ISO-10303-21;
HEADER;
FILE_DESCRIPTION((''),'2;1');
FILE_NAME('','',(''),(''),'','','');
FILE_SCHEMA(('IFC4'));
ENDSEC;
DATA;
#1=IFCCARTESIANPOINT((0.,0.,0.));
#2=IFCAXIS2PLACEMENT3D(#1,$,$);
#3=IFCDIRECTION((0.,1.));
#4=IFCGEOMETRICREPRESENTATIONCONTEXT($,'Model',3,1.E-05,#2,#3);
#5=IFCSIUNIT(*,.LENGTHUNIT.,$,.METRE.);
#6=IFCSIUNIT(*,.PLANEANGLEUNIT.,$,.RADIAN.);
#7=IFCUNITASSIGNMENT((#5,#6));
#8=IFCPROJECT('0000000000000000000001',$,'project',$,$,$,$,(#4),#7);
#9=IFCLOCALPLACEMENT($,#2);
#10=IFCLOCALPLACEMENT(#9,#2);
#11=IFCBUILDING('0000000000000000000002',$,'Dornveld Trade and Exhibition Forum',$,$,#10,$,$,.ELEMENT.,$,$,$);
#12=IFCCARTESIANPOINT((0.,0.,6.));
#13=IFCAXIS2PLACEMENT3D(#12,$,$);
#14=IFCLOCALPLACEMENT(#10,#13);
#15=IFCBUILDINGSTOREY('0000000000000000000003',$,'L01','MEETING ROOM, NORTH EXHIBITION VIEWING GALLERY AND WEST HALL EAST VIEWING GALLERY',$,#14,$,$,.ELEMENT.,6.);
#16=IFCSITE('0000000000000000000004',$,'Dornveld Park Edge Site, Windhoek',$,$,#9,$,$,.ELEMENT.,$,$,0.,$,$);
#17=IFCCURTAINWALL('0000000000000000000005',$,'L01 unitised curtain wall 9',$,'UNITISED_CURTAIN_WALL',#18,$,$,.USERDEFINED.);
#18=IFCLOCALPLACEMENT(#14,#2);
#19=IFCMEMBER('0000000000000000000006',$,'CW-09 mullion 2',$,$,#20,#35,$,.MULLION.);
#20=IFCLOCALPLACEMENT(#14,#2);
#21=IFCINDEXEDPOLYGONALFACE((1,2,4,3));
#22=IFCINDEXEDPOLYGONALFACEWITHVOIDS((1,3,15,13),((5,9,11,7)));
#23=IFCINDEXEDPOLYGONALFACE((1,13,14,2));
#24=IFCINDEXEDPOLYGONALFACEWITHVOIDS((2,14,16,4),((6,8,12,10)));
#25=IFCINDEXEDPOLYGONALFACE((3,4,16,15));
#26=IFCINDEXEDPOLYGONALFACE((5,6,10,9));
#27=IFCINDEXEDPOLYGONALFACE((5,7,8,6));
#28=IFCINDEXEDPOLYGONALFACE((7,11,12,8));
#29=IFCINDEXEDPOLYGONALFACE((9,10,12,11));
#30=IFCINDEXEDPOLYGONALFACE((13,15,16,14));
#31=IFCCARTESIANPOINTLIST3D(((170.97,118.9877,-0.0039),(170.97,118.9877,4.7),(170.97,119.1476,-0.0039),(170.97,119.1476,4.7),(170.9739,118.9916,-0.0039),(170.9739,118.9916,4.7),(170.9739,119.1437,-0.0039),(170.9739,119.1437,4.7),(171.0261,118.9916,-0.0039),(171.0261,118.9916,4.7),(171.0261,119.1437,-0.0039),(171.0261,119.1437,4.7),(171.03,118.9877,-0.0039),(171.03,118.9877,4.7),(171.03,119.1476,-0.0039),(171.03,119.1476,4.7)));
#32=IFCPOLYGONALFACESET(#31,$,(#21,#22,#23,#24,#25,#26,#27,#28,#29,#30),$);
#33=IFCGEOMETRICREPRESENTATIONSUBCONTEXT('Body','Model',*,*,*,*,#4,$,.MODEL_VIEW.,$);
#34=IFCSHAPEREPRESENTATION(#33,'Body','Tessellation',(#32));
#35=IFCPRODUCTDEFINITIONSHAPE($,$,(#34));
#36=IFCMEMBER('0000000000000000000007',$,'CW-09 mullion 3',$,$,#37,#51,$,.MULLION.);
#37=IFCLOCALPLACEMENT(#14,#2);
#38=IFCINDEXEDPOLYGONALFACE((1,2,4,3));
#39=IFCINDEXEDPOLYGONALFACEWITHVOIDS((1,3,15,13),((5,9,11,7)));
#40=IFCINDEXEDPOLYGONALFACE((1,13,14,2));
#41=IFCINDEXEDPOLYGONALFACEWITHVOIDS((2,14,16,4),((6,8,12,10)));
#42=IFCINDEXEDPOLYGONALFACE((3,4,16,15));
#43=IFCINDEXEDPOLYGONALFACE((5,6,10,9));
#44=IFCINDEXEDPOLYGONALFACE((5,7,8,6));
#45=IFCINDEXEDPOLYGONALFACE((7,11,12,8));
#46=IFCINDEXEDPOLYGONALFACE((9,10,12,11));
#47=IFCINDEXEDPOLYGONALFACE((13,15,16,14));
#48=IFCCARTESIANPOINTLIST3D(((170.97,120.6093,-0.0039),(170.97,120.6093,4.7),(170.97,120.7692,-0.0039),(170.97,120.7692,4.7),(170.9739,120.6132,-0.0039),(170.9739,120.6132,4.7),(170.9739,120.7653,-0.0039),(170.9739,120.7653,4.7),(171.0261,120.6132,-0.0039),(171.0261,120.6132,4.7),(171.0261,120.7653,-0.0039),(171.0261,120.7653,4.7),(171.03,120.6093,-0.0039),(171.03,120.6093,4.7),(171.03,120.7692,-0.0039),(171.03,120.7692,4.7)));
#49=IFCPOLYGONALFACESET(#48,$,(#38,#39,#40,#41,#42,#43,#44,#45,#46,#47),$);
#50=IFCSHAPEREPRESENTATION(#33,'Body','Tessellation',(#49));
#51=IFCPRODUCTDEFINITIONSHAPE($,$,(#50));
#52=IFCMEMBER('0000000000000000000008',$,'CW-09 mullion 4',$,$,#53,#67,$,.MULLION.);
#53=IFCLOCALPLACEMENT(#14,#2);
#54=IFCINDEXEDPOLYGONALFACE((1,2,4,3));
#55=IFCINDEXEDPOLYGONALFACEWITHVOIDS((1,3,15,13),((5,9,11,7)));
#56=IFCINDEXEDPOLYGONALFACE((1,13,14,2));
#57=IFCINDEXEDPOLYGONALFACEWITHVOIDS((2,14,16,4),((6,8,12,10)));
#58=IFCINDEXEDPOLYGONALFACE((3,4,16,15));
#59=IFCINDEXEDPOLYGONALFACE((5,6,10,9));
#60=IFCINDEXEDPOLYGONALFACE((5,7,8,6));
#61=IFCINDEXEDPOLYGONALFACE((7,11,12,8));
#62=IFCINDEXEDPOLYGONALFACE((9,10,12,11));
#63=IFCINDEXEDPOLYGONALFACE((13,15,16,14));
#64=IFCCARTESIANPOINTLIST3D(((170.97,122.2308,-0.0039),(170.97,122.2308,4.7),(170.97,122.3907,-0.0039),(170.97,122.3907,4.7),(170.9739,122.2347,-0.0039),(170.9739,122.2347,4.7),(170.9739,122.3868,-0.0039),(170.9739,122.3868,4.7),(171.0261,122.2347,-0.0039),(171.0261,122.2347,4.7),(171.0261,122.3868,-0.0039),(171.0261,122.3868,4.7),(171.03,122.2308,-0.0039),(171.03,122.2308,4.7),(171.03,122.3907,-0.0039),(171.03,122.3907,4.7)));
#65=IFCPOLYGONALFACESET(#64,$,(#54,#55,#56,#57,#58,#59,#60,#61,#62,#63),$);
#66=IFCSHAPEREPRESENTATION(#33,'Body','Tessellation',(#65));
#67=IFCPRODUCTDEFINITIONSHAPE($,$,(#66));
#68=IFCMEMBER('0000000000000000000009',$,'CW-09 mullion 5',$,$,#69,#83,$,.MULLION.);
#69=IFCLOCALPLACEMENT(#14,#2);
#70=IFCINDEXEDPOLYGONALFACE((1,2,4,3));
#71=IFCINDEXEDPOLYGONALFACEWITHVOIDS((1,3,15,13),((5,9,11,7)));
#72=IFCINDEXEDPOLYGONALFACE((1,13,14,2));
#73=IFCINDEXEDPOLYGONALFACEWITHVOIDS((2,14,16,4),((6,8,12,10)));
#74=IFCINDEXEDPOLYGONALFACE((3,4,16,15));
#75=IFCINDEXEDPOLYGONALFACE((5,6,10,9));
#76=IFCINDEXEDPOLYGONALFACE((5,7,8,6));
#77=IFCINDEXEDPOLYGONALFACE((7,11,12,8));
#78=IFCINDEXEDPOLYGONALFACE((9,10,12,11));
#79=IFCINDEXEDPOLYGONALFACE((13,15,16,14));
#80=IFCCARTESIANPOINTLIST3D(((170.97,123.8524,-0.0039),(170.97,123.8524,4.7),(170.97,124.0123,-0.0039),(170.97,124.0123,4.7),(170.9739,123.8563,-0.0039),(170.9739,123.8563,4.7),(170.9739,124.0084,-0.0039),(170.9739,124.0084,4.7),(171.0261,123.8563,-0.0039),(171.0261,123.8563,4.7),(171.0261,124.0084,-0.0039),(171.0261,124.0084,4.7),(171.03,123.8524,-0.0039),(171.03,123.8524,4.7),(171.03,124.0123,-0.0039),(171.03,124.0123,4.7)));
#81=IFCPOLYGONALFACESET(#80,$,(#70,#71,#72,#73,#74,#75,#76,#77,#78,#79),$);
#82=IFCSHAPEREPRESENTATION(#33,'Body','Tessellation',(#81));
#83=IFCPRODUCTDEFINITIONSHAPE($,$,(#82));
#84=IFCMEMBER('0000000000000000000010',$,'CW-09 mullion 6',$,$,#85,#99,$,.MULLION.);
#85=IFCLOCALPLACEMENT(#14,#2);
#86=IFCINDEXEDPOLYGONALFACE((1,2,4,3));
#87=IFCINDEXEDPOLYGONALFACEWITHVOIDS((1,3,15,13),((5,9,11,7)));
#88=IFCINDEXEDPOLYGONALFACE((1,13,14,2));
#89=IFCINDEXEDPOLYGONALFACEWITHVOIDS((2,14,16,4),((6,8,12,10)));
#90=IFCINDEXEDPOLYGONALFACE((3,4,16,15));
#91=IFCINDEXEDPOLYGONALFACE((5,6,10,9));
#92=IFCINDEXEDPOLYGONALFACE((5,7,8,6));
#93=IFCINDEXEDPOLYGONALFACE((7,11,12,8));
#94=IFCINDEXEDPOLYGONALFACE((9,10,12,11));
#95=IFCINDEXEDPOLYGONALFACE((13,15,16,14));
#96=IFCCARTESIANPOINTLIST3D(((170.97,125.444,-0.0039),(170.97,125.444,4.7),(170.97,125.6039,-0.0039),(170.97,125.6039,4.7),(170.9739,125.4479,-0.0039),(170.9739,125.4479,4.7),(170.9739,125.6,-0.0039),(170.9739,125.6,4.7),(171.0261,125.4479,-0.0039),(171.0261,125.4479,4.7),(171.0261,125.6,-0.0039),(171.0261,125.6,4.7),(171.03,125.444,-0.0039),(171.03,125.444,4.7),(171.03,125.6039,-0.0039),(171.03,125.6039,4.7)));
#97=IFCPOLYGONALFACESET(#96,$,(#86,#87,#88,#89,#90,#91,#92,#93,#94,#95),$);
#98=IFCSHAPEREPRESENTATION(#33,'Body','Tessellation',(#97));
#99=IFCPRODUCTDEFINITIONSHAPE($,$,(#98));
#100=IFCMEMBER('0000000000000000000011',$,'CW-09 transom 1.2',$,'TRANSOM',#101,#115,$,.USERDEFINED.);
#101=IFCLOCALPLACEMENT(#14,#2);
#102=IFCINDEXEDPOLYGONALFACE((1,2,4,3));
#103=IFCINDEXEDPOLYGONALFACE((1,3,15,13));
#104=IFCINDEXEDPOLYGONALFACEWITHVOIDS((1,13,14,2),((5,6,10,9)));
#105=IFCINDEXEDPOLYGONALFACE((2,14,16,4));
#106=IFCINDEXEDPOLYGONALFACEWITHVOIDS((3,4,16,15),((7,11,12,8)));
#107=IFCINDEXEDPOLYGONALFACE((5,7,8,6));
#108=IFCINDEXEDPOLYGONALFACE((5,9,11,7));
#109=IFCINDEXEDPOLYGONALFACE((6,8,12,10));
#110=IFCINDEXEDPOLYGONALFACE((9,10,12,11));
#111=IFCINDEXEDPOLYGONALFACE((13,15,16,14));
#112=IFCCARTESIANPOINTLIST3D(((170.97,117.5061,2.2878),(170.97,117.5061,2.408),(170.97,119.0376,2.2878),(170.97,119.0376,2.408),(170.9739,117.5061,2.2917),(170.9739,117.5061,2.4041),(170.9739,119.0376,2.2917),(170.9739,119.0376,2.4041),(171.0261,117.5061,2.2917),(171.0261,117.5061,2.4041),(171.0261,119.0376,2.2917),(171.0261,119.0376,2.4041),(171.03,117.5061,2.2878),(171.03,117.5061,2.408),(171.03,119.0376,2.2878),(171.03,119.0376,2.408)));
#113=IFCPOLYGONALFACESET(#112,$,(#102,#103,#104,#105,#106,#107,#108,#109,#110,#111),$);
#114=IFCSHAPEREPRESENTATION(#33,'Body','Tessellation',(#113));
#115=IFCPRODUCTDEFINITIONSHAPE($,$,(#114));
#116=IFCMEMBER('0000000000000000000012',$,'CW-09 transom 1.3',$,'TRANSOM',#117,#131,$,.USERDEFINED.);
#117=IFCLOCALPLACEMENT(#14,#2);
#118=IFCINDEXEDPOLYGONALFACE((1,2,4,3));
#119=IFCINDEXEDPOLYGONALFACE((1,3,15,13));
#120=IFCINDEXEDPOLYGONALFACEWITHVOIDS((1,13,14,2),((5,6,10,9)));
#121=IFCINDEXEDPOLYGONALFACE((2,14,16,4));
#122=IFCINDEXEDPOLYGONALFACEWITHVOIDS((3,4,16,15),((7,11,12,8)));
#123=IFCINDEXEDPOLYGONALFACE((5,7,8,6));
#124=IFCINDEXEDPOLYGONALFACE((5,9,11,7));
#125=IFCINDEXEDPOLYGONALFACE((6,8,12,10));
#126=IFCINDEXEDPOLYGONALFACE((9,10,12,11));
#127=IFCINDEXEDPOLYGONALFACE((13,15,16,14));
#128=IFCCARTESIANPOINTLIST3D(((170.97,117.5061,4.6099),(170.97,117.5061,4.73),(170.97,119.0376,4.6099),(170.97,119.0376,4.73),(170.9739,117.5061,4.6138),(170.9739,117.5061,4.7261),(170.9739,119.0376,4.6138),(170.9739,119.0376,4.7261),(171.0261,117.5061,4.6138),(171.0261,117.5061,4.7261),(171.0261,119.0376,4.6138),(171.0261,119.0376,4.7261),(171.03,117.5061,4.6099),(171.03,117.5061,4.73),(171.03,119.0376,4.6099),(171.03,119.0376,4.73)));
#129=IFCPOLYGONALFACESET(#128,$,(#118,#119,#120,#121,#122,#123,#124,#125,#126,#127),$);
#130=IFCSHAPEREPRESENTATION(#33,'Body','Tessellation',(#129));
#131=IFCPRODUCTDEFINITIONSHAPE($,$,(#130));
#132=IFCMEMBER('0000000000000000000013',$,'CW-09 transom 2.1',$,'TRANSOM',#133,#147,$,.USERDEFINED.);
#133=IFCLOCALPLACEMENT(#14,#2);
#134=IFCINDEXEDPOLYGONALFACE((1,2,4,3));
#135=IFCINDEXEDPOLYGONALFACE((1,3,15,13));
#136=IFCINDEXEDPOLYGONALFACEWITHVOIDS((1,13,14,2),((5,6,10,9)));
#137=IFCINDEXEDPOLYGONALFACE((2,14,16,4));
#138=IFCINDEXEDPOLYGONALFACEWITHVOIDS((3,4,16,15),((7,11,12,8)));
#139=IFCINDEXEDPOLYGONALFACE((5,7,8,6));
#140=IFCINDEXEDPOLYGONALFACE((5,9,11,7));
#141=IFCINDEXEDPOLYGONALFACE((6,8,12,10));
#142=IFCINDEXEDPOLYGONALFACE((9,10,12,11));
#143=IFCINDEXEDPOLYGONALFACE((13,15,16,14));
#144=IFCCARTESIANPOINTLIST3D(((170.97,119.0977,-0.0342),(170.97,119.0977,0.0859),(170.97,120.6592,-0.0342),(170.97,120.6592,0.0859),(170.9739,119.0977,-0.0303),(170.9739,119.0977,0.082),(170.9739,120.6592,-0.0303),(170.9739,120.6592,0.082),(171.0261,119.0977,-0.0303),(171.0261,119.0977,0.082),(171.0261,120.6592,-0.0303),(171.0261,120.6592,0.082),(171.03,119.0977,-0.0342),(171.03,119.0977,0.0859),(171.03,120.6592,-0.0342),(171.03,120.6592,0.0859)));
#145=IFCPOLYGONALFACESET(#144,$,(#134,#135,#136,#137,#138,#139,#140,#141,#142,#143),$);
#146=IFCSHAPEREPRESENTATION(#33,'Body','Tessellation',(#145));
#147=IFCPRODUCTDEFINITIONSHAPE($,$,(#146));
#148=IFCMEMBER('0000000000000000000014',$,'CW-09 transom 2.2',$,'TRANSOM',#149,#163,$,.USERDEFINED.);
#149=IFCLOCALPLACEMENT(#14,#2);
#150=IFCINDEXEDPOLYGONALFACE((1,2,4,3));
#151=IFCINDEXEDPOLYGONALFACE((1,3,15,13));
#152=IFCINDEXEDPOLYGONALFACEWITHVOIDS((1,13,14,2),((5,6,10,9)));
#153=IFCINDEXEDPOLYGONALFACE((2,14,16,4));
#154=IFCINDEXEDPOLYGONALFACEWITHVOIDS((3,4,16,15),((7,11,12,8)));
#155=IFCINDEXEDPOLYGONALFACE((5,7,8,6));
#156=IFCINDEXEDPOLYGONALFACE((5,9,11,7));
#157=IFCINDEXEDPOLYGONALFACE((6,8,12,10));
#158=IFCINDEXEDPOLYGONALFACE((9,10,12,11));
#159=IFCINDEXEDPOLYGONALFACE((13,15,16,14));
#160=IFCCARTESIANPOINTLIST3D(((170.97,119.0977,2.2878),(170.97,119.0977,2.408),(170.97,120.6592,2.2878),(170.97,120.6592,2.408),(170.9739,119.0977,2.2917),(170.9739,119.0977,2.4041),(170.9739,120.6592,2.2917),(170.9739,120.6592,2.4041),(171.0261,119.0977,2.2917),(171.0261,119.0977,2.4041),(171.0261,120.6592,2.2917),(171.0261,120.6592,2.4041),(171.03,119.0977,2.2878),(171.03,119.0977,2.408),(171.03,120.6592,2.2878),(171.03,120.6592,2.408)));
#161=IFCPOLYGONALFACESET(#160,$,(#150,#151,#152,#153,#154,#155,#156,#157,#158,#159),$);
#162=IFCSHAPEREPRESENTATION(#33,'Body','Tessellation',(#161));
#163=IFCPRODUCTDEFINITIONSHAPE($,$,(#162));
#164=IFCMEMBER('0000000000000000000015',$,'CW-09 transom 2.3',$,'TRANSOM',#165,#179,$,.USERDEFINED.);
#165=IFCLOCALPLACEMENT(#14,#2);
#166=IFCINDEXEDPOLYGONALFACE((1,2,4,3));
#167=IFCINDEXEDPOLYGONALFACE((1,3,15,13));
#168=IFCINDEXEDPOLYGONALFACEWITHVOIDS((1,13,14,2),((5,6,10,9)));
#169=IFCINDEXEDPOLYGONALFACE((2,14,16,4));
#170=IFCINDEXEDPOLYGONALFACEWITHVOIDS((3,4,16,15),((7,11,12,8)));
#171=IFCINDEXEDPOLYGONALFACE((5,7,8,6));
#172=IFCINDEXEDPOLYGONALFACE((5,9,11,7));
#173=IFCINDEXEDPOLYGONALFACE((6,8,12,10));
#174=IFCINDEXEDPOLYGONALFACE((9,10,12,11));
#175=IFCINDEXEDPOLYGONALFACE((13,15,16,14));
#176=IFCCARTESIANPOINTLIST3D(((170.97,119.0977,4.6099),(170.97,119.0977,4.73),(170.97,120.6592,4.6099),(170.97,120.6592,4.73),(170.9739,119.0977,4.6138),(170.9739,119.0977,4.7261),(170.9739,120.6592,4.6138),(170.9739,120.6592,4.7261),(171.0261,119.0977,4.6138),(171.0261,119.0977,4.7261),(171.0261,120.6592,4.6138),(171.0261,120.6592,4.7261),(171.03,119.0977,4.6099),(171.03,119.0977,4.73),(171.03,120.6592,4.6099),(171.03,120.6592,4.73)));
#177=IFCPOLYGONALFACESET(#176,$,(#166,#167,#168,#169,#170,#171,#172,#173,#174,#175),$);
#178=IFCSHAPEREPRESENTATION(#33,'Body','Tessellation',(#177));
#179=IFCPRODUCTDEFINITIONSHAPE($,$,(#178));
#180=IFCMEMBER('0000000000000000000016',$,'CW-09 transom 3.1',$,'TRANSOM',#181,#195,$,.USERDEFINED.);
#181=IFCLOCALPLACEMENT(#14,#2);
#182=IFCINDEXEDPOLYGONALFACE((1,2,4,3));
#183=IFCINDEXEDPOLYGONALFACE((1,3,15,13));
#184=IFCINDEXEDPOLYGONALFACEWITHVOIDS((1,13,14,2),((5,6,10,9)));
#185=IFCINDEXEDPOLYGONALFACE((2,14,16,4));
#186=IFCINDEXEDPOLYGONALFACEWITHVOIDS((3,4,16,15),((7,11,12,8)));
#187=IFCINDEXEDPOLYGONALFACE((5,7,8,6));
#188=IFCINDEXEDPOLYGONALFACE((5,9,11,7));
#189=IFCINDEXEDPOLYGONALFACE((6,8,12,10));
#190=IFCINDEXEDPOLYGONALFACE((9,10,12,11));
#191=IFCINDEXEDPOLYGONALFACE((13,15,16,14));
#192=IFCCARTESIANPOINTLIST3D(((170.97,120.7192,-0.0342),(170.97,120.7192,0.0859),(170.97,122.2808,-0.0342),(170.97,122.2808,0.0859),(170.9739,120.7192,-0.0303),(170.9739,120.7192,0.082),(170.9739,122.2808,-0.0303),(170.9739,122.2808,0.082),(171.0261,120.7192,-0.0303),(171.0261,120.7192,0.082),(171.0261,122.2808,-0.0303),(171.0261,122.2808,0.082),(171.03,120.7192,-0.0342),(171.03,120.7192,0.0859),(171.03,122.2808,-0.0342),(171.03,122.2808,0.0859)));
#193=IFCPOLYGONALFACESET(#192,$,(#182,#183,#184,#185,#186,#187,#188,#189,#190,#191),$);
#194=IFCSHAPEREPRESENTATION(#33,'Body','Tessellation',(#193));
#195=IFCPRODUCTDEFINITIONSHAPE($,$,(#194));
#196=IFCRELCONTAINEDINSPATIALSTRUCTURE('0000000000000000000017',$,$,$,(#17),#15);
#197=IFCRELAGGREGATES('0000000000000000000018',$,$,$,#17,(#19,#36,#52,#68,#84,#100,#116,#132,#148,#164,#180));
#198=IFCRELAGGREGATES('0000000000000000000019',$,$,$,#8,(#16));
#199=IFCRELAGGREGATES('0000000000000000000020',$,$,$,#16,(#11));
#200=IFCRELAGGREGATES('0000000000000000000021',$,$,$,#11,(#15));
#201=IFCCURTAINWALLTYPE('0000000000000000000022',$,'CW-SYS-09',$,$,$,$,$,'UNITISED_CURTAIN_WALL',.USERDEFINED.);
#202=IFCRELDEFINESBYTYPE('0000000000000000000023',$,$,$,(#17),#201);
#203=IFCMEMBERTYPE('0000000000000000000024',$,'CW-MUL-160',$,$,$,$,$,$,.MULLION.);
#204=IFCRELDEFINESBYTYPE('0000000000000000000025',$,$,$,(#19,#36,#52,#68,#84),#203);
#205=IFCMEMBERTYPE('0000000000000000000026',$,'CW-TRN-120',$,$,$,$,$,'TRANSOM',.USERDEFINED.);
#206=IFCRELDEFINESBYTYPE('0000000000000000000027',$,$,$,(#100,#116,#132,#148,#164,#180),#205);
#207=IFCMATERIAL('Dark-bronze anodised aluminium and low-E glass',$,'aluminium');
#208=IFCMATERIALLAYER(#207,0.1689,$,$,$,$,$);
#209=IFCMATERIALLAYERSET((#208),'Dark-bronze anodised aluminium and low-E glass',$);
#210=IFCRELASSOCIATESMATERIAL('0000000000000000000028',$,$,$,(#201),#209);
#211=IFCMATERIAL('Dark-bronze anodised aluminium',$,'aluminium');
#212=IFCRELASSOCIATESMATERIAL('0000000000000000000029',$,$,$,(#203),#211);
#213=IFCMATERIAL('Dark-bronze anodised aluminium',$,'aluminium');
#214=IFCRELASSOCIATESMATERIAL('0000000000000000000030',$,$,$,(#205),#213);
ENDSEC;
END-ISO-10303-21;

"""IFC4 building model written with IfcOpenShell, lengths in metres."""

from ifc_helpers import new_model, si_unit, direction, frame, origin, origin_2d, place, context, subcontext, project, spatial, hollow_rectangle, extrude, material, layer, layer_set, material_profile, profile_set, type_object, element, aggregate, save


model = new_model("IFC4")

# Units and contexts
model_context = context("Model", 3, precision=1e-05, world=origin(), true_north=direction((0.0, 1.0)))
body_context = subcontext(model_context, "Body", "Model", "MODEL_VIEW")
ifc_project = project(units=[si_unit("LENGTHUNIT", "METRE"), si_unit("PLANEANGLEUNIT", "RADIAN")], contexts=[model_context])

# Site, building, storey
site_placement = place(None, origin())
site = spatial("IfcSite", under=ifc_project, at=site_placement, Name="Dornveld Park Edge Site, Windhoek", CompositionType="ELEMENT", RefElevation=0.0)
building_placement = place(site_placement, origin())
building = spatial("IfcBuilding", under=site, at=building_placement, Name="Dornveld Trade and Exhibition Forum", CompositionType="ELEMENT")
storey_placement = place(building_placement, frame((0.0, 0.0, 6.0)))
storey = spatial("IfcBuildingStorey", under=building, at=storey_placement, Name="L01", Description="MEETING ROOM, NORTH EXHIBITION VIEWING GALLERY AND WEST HALL EAST VIEWING GALLERY", CompositionType="ELEMENT", Elevation=6.0)

# Curtain wall, members
ifc_material_1 = material(Name="Dark-bronze anodised aluminium and low-E glass", Category="aluminium")
ifc_layer_1 = layer(ifc_material_1, 0.1689)
ifc_layer_set_1 = layer_set([ifc_layer_1], Name="Dark-bronze anodised aluminium and low-E glass")
curtain_wall_type = type_object("IfcCurtainWallType", Name="CW-SYS-09", ElementType="UNITISED_CURTAIN_WALL", PredefinedType="USERDEFINED", material=ifc_layer_set_1)
curtain_wall_placement = place(storey_placement, origin())
curtain_wall = element("IfcCurtainWall", 1, at=curtain_wall_placement, inside=storey, type_object=curtain_wall_type, Name="L01 unitised curtain wall 9", ObjectType="UNITISED_CURTAIN_WALL", PredefinedType="USERDEFINED")
ifc_material_2 = material(Name="Dark-bronze anodised aluminium", Category="aluminium")
ifc_material_profile_1 = material_profile(ifc_material_2, hollow_rectangle(XDim=0.0601, YDim=0.1599, WallThickness=0.0039, at=origin_2d()), Name="RHS 160x60x4")
ifc_profile_set_1 = profile_set([ifc_material_profile_1], Name="Dark-bronze anodised aluminium")
member_type_1 = type_object("IfcMemberType", Name="CW-MUL-160", PredefinedType="MULLION", material=ifc_profile_set_1)
member_1_placement = place(storey_placement, frame((171.0, 119.0676, -0.0039), z_axis=(0.0, 0.0, 1.0), x_axis=(-1.0, 0.0, 0.0)))
member_1 = element("IfcMember", 2, at=member_1_placement, type_object=member_type_1, Name="CW-09 mullion 2", PredefinedType="MULLION", context=body_context, shape_type="SweptSolid", body=[
    extrude(hollow_rectangle(XDim=0.0601, YDim=0.1599, WallThickness=0.0039, at=origin_2d()), origin(), (0.0, 0.0, 1.0), 4.7039),
])
member_2_placement = place(storey_placement, frame((171.0, 120.6892, -0.0039), z_axis=(0.0, 0.0, 1.0), x_axis=(-1.0, 0.0, 0.0)))
member_2 = element("IfcMember", 3, at=member_2_placement, type_object=member_type_1, Name="CW-09 mullion 3", PredefinedType="MULLION", context=body_context, shape_type="SweptSolid", body=[
    extrude(hollow_rectangle(XDim=0.0601, YDim=0.1599, WallThickness=0.0039, at=origin_2d()), origin(), (0.0, 0.0, 1.0), 4.7039),
])
member_3_placement = place(storey_placement, frame((171.0, 122.3108, -0.0039), z_axis=(0.0, 0.0, 1.0), x_axis=(-1.0, 0.0, 0.0)))
member_3 = element("IfcMember", 4, at=member_3_placement, type_object=member_type_1, Name="CW-09 mullion 4", PredefinedType="MULLION", context=body_context, shape_type="SweptSolid", body=[
    extrude(hollow_rectangle(XDim=0.0601, YDim=0.1599, WallThickness=0.0039, at=origin_2d()), origin(), (0.0, 0.0, 1.0), 4.7039),
])
member_4_placement = place(storey_placement, frame((171.0, 123.9324, -0.0039), z_axis=(0.0, 0.0, 1.0), x_axis=(-1.0, 0.0, 0.0)))
member_4 = element("IfcMember", 5, at=member_4_placement, type_object=member_type_1, Name="CW-09 mullion 5", PredefinedType="MULLION", context=body_context, shape_type="SweptSolid", body=[
    extrude(hollow_rectangle(XDim=0.0601, YDim=0.1599, WallThickness=0.0039, at=origin_2d()), origin(), (0.0, 0.0, 1.0), 4.7039),
])
member_5_placement = place(storey_placement, frame((171.0, 125.5239, -0.0039), z_axis=(0.0, 0.0, 1.0), x_axis=(-1.0, 0.0, 0.0)))
member_5 = element("IfcMember", 6, at=member_5_placement, type_object=member_type_1, Name="CW-09 mullion 6", PredefinedType="MULLION", context=body_context, shape_type="SweptSolid", body=[
    extrude(hollow_rectangle(XDim=0.0601, YDim=0.1599, WallThickness=0.0039, at=origin_2d()), origin(), (0.0, 0.0, 1.0), 4.7039),
])
ifc_material_3 = material(Name="Dark-bronze anodised aluminium", Category="aluminium")
ifc_material_profile_2 = material_profile(ifc_material_3, hollow_rectangle(XDim=0.0601, YDim=0.1201, WallThickness=0.0039, at=origin_2d()), Name="RHS 120x60x4")
ifc_profile_set_2 = profile_set([ifc_material_profile_2], Name="Dark-bronze anodised aluminium")
member_type_2 = type_object("IfcMemberType", Name="CW-TRN-120", ElementType="TRANSOM", PredefinedType="USERDEFINED", material=ifc_profile_set_2)
member_6_placement = place(storey_placement, frame((171.0, 117.5061, 2.3479), z_axis=(0.0, 1.0, 0.0), x_axis=(-1.0, 0.0, 0.0)))
member_6 = element("IfcMember", 7, at=member_6_placement, type_object=member_type_2, Name="CW-09 transom 1.2", ObjectType="TRANSOM", PredefinedType="USERDEFINED", context=body_context, shape_type="SweptSolid", body=[
    extrude(hollow_rectangle(XDim=0.0601, YDim=0.1201, WallThickness=0.0039, at=origin_2d()), origin(), (0.0, 0.0, 1.0), 1.5315),
])
member_7_placement = place(storey_placement, frame((171.0, 117.5061, 4.6699), z_axis=(0.0, 1.0, 0.0), x_axis=(-1.0, 0.0, 0.0)))
member_7 = element("IfcMember", 8, at=member_7_placement, type_object=member_type_2, Name="CW-09 transom 1.3", ObjectType="TRANSOM", PredefinedType="USERDEFINED", context=body_context, shape_type="SweptSolid", body=[
    extrude(hollow_rectangle(XDim=0.0601, YDim=0.1201, WallThickness=0.0039, at=origin_2d()), origin(), (0.0, 0.0, 1.0), 1.5315),
])
member_8_placement = place(storey_placement, frame((171.0, 119.0977, 0.0259), z_axis=(0.0, 1.0, 0.0), x_axis=(-1.0, 0.0, 0.0)))
member_8 = element("IfcMember", 9, at=member_8_placement, type_object=member_type_2, Name="CW-09 transom 2.1", ObjectType="TRANSOM", PredefinedType="USERDEFINED", context=body_context, shape_type="SweptSolid", body=[
    extrude(hollow_rectangle(XDim=0.0601, YDim=0.1201, WallThickness=0.0039, at=origin_2d()), origin(), (0.0, 0.0, 1.0), 1.5615),
])
member_9_placement = place(storey_placement, frame((171.0, 119.0977, 2.3479), z_axis=(0.0, 1.0, 0.0), x_axis=(-1.0, 0.0, 0.0)))
member_9 = element("IfcMember", 10, at=member_9_placement, type_object=member_type_2, Name="CW-09 transom 2.2", ObjectType="TRANSOM", PredefinedType="USERDEFINED", context=body_context, shape_type="SweptSolid", body=[
    extrude(hollow_rectangle(XDim=0.0601, YDim=0.1201, WallThickness=0.0039, at=origin_2d()), origin(), (0.0, 0.0, 1.0), 1.5615),
])
member_10_placement = place(storey_placement, frame((171.0, 119.0977, 4.6699), z_axis=(0.0, 1.0, 0.0), x_axis=(-1.0, 0.0, 0.0)))
member_10 = element("IfcMember", 11, at=member_10_placement, type_object=member_type_2, Name="CW-09 transom 2.3", ObjectType="TRANSOM", PredefinedType="USERDEFINED", context=body_context, shape_type="SweptSolid", body=[
    extrude(hollow_rectangle(XDim=0.0601, YDim=0.1201, WallThickness=0.0039, at=origin_2d()), origin(), (0.0, 0.0, 1.0), 1.5615),
])
member_11_placement = place(storey_placement, frame((171.0, 120.7192, 0.0259), z_axis=(0.0, 1.0, 0.0), x_axis=(-1.0, 0.0, 0.0)))
member_11 = element("IfcMember", 12, at=member_11_placement, type_object=member_type_2, Name="CW-09 transom 3.1", ObjectType="TRANSOM", PredefinedType="USERDEFINED", context=body_context, shape_type="SweptSolid", body=[
    extrude(hollow_rectangle(XDim=0.0601, YDim=0.1201, WallThickness=0.0039, at=origin_2d()), origin(), (0.0, 0.0, 1.0), 1.5615),
])
aggregate(curtain_wall, [member_1, member_2, member_3, member_4, member_5, member_6, member_7, member_8, member_9, member_10, member_11])

save(model, "model.ifc")
